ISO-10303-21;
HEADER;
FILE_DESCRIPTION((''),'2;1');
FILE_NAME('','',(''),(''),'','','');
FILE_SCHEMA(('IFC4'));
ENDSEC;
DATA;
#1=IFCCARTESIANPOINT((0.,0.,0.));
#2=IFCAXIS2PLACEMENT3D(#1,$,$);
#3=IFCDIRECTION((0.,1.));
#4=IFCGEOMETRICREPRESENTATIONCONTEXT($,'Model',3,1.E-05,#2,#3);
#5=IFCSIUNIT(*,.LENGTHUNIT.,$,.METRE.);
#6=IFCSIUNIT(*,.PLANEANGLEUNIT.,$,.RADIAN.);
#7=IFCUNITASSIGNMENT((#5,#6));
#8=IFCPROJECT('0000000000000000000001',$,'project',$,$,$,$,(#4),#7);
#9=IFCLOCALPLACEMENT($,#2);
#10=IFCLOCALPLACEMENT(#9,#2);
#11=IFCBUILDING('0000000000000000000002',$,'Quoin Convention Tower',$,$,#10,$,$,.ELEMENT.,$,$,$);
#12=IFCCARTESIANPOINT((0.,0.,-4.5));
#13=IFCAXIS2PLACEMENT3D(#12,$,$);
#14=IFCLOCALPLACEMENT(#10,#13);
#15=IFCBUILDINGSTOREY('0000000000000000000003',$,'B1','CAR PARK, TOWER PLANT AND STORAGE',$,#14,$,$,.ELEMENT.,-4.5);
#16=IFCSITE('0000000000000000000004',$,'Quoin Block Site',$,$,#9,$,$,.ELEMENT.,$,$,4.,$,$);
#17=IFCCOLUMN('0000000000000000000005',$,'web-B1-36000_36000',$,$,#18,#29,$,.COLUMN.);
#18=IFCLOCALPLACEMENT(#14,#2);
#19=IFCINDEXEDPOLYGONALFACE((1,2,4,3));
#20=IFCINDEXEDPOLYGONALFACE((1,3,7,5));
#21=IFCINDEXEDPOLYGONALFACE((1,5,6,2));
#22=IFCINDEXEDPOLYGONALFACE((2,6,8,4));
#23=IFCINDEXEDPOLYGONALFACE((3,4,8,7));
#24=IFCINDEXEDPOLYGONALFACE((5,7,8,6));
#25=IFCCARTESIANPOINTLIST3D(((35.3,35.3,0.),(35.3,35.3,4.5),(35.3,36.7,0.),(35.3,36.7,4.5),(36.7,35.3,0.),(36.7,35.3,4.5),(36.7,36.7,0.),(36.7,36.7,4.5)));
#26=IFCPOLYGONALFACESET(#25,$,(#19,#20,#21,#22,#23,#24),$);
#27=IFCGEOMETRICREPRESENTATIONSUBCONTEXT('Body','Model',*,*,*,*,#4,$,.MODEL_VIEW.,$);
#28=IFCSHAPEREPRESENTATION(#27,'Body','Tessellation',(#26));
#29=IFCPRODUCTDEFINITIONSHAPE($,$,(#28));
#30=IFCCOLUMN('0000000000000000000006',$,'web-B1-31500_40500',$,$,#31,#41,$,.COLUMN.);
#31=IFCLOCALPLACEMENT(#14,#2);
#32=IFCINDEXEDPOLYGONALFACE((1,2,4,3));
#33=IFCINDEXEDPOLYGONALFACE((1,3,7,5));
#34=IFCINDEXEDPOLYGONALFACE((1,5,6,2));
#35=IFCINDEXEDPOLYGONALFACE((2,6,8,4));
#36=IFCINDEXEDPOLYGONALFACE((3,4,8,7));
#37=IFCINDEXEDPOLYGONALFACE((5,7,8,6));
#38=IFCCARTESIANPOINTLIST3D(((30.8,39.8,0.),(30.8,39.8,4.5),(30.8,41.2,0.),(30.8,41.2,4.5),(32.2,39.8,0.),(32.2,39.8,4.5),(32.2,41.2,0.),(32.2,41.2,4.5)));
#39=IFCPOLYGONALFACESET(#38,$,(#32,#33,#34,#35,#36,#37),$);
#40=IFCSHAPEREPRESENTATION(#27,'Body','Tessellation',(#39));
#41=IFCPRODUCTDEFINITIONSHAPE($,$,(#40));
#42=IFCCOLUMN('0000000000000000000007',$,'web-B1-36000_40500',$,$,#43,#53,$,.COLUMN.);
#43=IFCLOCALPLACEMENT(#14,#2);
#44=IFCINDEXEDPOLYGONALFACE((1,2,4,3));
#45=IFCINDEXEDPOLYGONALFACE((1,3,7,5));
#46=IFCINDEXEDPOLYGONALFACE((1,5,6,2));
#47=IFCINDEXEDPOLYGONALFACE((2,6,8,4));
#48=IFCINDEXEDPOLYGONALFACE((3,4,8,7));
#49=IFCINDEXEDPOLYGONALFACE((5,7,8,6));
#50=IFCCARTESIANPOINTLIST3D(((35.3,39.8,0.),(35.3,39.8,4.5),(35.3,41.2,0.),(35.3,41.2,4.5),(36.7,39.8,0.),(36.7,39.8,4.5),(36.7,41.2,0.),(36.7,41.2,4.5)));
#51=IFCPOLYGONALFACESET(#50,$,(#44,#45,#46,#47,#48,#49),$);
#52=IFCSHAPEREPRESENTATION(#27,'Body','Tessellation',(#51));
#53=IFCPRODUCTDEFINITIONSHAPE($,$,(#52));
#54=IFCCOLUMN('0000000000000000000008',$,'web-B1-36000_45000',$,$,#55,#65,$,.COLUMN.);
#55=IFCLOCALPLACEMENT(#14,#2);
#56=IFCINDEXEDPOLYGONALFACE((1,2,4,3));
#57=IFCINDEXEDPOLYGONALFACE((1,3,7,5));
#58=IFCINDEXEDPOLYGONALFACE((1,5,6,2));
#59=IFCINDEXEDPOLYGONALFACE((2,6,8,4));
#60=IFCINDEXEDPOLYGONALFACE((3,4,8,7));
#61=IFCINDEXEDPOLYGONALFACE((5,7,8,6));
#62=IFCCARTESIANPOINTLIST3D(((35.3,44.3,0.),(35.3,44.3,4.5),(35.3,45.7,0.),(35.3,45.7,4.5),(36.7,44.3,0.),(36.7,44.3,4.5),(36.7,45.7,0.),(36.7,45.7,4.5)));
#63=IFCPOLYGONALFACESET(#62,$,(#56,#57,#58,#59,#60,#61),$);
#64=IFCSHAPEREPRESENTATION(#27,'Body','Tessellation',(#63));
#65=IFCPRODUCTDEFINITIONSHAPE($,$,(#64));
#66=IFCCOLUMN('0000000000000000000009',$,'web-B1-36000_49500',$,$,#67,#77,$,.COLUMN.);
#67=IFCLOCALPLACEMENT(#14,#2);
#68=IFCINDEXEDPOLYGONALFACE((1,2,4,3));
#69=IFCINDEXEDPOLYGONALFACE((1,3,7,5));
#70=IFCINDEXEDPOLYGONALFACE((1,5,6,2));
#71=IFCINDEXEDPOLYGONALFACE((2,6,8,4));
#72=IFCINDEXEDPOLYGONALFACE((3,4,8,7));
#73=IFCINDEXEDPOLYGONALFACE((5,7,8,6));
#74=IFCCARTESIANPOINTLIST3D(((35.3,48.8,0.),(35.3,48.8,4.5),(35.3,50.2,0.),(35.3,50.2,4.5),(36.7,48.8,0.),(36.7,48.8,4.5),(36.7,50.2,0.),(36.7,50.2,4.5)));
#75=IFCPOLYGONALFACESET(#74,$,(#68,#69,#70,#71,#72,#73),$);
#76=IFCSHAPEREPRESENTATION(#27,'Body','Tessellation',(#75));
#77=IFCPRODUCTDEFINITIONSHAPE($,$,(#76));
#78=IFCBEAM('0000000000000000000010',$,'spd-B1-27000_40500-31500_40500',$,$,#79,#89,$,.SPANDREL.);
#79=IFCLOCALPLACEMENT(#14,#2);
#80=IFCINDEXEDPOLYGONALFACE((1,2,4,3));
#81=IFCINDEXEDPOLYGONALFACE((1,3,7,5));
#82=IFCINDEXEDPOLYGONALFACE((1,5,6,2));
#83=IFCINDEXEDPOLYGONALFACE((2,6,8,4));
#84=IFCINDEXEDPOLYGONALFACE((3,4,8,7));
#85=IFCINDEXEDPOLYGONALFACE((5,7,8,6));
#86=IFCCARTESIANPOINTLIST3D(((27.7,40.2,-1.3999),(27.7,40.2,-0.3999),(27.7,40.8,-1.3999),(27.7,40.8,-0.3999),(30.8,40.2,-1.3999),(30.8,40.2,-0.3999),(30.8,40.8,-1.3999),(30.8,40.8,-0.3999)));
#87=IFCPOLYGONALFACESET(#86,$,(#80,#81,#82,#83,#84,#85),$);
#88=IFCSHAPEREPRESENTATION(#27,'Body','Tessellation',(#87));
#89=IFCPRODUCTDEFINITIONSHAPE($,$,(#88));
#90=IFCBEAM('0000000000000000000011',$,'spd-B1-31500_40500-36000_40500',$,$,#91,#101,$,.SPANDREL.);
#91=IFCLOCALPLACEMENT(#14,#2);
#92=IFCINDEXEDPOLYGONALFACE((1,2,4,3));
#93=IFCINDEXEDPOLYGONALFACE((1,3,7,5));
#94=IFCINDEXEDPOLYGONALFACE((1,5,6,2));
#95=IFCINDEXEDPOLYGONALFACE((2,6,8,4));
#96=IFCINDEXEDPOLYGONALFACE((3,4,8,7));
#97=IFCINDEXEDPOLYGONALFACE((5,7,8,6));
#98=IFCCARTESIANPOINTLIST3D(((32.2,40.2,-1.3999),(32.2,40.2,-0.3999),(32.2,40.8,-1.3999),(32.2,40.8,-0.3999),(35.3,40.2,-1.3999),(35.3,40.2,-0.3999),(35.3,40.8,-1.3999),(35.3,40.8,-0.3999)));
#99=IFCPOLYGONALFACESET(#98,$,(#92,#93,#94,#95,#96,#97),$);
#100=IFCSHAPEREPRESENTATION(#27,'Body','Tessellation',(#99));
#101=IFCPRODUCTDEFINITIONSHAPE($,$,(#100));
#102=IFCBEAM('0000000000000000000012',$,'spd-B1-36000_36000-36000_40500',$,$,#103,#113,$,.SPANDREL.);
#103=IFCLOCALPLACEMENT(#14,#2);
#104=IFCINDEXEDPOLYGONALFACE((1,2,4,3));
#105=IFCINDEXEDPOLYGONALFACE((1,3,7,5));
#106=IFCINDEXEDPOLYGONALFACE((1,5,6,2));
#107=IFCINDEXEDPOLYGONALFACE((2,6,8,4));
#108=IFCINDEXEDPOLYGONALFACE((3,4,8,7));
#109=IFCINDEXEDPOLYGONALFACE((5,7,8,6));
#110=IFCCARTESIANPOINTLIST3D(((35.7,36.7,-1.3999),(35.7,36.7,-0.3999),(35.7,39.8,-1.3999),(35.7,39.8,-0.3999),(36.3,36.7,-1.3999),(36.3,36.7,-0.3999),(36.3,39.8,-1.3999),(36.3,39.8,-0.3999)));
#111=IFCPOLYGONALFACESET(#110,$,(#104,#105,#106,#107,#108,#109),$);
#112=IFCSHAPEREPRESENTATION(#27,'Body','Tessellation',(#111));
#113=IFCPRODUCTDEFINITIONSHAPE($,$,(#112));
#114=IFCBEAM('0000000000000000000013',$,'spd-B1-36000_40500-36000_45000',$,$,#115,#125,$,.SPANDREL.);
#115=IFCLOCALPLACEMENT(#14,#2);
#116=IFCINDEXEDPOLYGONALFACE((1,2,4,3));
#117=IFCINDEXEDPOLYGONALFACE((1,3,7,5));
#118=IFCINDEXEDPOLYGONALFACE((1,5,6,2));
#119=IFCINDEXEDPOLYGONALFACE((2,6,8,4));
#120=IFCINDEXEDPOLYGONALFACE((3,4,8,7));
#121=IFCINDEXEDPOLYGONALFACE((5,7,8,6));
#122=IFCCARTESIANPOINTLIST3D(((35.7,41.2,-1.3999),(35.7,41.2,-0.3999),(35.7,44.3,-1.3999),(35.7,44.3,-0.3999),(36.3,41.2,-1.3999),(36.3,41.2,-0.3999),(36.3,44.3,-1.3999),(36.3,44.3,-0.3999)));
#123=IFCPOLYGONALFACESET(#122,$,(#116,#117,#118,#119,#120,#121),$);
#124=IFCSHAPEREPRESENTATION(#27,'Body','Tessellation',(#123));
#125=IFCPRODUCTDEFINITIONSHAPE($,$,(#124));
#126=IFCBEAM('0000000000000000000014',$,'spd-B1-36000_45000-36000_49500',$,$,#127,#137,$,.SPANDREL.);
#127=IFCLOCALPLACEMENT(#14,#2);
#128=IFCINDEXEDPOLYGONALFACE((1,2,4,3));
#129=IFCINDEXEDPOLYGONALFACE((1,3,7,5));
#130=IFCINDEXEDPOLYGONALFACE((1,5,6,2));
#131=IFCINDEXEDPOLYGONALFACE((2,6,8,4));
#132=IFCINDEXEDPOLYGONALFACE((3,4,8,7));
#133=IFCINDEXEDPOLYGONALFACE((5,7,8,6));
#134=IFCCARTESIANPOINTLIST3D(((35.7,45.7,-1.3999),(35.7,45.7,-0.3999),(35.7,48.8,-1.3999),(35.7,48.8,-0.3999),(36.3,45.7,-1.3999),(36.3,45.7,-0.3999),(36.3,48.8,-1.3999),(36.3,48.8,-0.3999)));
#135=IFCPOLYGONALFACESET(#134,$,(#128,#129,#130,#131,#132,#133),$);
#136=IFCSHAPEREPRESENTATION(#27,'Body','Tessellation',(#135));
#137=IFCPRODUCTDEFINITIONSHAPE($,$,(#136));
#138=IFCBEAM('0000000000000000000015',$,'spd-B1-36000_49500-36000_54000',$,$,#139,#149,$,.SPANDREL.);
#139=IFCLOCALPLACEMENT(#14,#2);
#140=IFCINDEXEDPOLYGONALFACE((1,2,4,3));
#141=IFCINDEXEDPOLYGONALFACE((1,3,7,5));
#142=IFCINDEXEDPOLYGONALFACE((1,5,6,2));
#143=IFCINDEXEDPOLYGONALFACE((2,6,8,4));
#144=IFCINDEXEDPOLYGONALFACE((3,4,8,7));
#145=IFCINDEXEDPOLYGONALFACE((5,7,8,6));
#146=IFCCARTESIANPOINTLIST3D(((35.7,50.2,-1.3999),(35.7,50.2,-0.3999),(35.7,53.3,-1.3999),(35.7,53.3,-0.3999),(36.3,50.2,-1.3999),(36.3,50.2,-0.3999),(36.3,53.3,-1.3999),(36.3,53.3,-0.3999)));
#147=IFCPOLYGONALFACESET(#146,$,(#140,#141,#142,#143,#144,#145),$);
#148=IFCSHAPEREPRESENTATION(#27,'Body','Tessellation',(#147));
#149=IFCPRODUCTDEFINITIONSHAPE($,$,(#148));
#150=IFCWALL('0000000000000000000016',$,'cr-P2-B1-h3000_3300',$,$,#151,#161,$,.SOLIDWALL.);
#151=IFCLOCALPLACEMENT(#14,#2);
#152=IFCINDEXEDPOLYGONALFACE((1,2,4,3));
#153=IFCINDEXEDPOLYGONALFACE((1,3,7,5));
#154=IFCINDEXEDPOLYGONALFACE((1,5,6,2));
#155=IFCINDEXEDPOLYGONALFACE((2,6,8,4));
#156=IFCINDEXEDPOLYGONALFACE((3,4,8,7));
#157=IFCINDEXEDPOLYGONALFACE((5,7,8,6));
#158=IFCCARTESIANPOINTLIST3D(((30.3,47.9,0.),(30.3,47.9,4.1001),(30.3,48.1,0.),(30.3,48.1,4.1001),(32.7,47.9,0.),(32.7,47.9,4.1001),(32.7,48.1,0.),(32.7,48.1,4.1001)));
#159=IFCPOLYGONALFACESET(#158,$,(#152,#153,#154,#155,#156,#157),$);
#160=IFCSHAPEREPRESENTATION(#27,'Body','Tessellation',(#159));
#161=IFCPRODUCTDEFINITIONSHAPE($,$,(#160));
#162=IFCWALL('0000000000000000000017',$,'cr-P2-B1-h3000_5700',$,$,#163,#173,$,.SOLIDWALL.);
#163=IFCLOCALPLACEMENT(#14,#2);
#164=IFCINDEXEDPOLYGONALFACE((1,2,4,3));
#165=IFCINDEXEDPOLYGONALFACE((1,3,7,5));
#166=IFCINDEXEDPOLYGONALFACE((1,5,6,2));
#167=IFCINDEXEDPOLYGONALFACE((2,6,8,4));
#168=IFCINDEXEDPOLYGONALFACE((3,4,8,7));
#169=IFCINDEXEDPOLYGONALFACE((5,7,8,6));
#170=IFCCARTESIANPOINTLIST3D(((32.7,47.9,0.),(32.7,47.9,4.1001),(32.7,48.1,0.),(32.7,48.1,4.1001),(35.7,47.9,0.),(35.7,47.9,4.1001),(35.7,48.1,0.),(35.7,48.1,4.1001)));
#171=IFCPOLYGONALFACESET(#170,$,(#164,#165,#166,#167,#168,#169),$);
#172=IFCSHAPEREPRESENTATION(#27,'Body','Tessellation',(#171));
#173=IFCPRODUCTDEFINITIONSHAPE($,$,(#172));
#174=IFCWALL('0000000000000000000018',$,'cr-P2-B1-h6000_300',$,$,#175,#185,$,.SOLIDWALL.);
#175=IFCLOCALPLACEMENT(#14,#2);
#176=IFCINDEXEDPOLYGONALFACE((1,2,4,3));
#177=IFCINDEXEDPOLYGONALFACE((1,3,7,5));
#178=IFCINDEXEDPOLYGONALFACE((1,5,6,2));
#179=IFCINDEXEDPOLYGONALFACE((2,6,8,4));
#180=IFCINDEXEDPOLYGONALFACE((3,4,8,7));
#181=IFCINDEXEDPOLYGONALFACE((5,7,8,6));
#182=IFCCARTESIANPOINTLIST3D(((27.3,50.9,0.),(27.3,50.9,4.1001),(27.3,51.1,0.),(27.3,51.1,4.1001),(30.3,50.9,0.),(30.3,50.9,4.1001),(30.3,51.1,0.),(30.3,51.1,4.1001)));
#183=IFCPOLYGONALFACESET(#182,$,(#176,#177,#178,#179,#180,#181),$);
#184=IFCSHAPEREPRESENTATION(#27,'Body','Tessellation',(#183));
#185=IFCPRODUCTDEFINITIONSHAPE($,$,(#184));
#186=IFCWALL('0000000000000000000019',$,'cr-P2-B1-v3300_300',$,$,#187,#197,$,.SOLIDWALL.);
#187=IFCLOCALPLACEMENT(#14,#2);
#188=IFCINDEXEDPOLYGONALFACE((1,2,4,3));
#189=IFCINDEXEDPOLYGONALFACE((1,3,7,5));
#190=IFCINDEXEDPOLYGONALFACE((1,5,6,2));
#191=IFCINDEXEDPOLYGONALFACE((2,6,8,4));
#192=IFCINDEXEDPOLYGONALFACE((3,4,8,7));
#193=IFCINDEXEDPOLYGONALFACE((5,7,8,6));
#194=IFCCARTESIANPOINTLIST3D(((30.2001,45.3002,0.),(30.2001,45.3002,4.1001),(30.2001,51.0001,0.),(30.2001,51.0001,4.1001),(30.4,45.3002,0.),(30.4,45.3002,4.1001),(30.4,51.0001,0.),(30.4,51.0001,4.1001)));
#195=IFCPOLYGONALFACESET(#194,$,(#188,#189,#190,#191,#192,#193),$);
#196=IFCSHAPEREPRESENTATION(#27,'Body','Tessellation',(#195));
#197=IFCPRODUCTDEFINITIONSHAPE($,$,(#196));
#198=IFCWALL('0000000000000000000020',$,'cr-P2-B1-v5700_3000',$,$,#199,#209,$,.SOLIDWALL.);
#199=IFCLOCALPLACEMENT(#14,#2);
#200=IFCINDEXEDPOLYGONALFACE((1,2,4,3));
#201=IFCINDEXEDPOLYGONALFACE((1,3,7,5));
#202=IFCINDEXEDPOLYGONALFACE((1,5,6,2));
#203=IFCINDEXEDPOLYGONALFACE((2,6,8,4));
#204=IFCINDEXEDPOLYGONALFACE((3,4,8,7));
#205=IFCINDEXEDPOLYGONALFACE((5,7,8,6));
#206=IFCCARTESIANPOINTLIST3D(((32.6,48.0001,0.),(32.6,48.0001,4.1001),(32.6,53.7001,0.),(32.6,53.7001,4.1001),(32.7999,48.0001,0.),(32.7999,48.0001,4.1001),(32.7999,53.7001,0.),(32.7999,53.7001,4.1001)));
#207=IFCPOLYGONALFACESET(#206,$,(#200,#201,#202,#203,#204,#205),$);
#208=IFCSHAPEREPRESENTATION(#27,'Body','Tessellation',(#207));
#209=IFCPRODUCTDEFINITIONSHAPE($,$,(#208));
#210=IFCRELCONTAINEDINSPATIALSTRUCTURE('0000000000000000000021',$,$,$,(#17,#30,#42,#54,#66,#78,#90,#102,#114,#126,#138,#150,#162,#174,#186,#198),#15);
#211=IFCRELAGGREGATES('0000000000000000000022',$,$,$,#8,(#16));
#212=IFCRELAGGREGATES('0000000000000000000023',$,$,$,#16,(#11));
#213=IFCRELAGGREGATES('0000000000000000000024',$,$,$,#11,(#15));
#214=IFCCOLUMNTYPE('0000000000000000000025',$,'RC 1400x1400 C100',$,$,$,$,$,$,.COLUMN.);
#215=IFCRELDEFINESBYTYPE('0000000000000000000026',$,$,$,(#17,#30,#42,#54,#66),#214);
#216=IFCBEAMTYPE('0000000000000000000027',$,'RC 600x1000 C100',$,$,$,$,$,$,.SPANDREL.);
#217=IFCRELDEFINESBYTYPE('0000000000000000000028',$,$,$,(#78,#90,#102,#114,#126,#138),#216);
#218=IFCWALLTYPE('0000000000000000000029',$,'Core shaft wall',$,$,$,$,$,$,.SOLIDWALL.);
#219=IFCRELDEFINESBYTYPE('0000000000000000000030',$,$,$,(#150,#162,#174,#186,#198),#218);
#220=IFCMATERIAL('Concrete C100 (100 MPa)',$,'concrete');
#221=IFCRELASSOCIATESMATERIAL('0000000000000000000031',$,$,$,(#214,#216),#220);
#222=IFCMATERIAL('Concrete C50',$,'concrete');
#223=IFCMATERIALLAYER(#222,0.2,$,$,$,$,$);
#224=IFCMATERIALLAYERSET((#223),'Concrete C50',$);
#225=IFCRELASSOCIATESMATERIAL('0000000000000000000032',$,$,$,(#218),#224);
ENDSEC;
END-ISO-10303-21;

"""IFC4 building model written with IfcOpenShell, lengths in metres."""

from ifc_helpers import new_model, si_unit, direction, frame, frame_2d, origin, origin_2d, place, context, subcontext, project, spatial, rectangle, extrude, material, layer, layer_set, material_profile, profile_set, type_object, element, save


model = new_model("IFC4")

# Units and contexts
model_context = context("Model", 3, precision=1e-05, world=origin(), true_north=direction((0.0, 1.0)))
body_context = subcontext(model_context, "Body", "Model", "MODEL_VIEW")
ifc_project = project(units=[si_unit("LENGTHUNIT", "METRE"), si_unit("PLANEANGLEUNIT", "RADIAN")], contexts=[model_context])

# Site, building, storey
site_placement = place(None, origin())
site = spatial("IfcSite", under=ifc_project, at=site_placement, Name="Quoin Block Site", CompositionType="ELEMENT", RefElevation=4.0)
building_placement = place(site_placement, origin())
building = spatial("IfcBuilding", under=site, at=building_placement, Name="Quoin Convention Tower", CompositionType="ELEMENT")
storey_placement = place(building_placement, frame((0.0, 0.0, -4.5)))
storey = spatial("IfcBuildingStorey", under=building, at=storey_placement, Name="B1", Description="CAR PARK, TOWER PLANT AND STORAGE", CompositionType="ELEMENT", Elevation=-4.5)

# Columns
ifc_material_1 = material(Name="Concrete C100 (100 MPa)", Category="concrete")
ifc_material_profile_1 = material_profile(ifc_material_1, rectangle(XDim=1.3999, YDim=1.3999, at=origin_2d()), Name="RC 1400x1400")
ifc_profile_set_1 = profile_set([ifc_material_profile_1], Name="Concrete C100 (100 MPa)")
column_type = type_object("IfcColumnType", Name="RC 1400x1400 C100", PredefinedType="COLUMN", material=ifc_profile_set_1)
for number, where, z_axis, x_axis, name in (
    (1, (36.0, 36.0, 0.0), (0.0, 0.0, 1.0), (1.0, 0.0, 0.0), "web-B1-36000_36000"),
    (2, (31.5, 40.5, 0.0), (0.0, 0.0, 1.0), (1.0, 0.0, 0.0), "web-B1-31500_40500"),
    (3, (36.0, 40.5, 0.0), (0.0, 0.0, 1.0), (1.0, 0.0, 0.0), "web-B1-36000_40500"),
    (4, (36.0, 45.0, 0.0), (0.0, 0.0, 1.0), (1.0, 0.0, 0.0), "web-B1-36000_45000"),
    (5, (36.0, 49.5, 0.0), (0.0, 0.0, 1.0), (1.0, 0.0, 0.0), "web-B1-36000_49500"),
):
    element("IfcColumn", number, at=place(storey_placement, frame(where, z_axis=z_axis, x_axis=x_axis)), inside=storey, type_object=column_type, Name=name, PredefinedType="COLUMN", context=body_context, shape_type="SweptSolid", body=[
        extrude(rectangle(XDim=1.3999, YDim=1.3999, at=origin_2d()), origin(), (0.0, 0.0, 1.0), 4.5),
    ])

# Beams
ifc_material_profile_2 = material_profile(ifc_material_1, rectangle(XDim=0.6001, YDim=1.0, at=origin_2d()), Name="RC 600x1000")
ifc_profile_set_2 = profile_set([ifc_material_profile_2], Name="Concrete C100 (100 MPa)")
beam_type = type_object("IfcBeamType", Name="RC 600x1000 C100", PredefinedType="SPANDREL", material=ifc_profile_set_2)
for number, where, z_axis, x_axis, name in (
    (6, (27.7, 40.5, -0.8999), (1.0, 0.0, 0.0), (0.0, 1.0, 0.0), "spd-B1-27000_40500-31500_40500"),
    (7, (32.2, 40.5, -0.8999), (1.0, 0.0, 0.0), (0.0, 1.0, 0.0), "spd-B1-31500_40500-36000_40500"),
    (8, (36.0, 36.7, -0.8999), (0.0, 1.0, 0.0), (-1.0, 0.0, 0.0), "spd-B1-36000_36000-36000_40500"),
    (9, (36.0, 41.2, -0.8999), (0.0, 1.0, 0.0), (-1.0, 0.0, 0.0), "spd-B1-36000_40500-36000_45000"),
    (10, (36.0, 45.7, -0.8999), (0.0, 1.0, 0.0), (-1.0, 0.0, 0.0), "spd-B1-36000_45000-36000_49500"),
    (11, (36.0, 50.2, -0.8999), (0.0, 1.0, 0.0), (-1.0, 0.0, 0.0), "spd-B1-36000_49500-36000_54000"),
):
    element("IfcBeam", number, at=place(storey_placement, frame(where, z_axis=z_axis, x_axis=x_axis)), inside=storey, type_object=beam_type, Name=name, PredefinedType="SPANDREL", context=body_context, shape_type="SweptSolid", body=[
        extrude(rectangle(XDim=0.6001, YDim=1.0, at=origin_2d()), origin(), (0.0, 0.0, 1.0), 3.1001),
    ])

# Walls
ifc_material_2 = material(Name="Concrete C50", Category="concrete")
ifc_layer_1 = layer(ifc_material_2, 0.2)
ifc_layer_set_1 = layer_set([ifc_layer_1], Name="Concrete C50")
wall_type_1 = type_object("IfcWallType", Name="Core shaft wall", PredefinedType="SOLIDWALL", material=ifc_layer_set_1)
wall_1_placement = place(storey_placement, frame((30.3, 48.0, 0.0), z_axis=(0.0, 0.0, 1.0), x_axis=(1.0, 0.0, 0.0)))
element("IfcWall", 12, at=wall_1_placement, inside=storey, type_object=wall_type_1, Name="cr-P2-B1-h3000_3300", PredefinedType="SOLIDWALL", context=body_context, shape_type="SweptSolid", body=[
    extrude(rectangle(XDim=2.3999, YDim=0.2, at=frame_2d((1.2, 0.0))), origin(), (0.0, 0.0, 1.0), 4.1001),
])
for number, where, z_axis, x_axis, name in (
    (13, (32.7, 48.0, 0.0), (0.0, 0.0, 1.0), (1.0, 0.0, 0.0), "cr-P2-B1-h3000_5700"),
    (14, (27.3, 51.0, 0.0), (0.0, 0.0, 1.0), (1.0, 0.0, 0.0), "cr-P2-B1-h6000_300"),
):
    element("IfcWall", number, at=place(storey_placement, frame(where, z_axis=z_axis, x_axis=x_axis)), inside=storey, type_object=wall_type_1, Name=name, PredefinedType="SOLIDWALL", context=body_context, shape_type="SweptSolid", body=[
        extrude(rectangle(XDim=3.0, YDim=0.2, at=frame_2d((1.5, 0.0))), origin(), (0.0, 0.0, 1.0), 4.1001),
    ])
for number, where, z_axis, x_axis, name in (
    (15, (30.3, 45.3, 0.0), (0.0, 0.0, 1.0), (0.0, 1.0, 0.0), "cr-P2-B1-v3300_300"),
    (16, (32.7, 48.0, 0.0), (0.0, 0.0, 1.0), (0.0, 1.0, 0.0), "cr-P2-B1-v5700_3000"),
):
    element("IfcWall", number, at=place(storey_placement, frame(where, z_axis=z_axis, x_axis=x_axis)), inside=storey, type_object=wall_type_1, Name=name, PredefinedType="SOLIDWALL", context=body_context, shape_type="SweptSolid", body=[
        extrude(rectangle(XDim=5.7, YDim=0.2, at=frame_2d((2.8501, 0.0))), origin(), (0.0, 0.0, 1.0), 4.1001),
    ])

save(model, "model.ifc")
